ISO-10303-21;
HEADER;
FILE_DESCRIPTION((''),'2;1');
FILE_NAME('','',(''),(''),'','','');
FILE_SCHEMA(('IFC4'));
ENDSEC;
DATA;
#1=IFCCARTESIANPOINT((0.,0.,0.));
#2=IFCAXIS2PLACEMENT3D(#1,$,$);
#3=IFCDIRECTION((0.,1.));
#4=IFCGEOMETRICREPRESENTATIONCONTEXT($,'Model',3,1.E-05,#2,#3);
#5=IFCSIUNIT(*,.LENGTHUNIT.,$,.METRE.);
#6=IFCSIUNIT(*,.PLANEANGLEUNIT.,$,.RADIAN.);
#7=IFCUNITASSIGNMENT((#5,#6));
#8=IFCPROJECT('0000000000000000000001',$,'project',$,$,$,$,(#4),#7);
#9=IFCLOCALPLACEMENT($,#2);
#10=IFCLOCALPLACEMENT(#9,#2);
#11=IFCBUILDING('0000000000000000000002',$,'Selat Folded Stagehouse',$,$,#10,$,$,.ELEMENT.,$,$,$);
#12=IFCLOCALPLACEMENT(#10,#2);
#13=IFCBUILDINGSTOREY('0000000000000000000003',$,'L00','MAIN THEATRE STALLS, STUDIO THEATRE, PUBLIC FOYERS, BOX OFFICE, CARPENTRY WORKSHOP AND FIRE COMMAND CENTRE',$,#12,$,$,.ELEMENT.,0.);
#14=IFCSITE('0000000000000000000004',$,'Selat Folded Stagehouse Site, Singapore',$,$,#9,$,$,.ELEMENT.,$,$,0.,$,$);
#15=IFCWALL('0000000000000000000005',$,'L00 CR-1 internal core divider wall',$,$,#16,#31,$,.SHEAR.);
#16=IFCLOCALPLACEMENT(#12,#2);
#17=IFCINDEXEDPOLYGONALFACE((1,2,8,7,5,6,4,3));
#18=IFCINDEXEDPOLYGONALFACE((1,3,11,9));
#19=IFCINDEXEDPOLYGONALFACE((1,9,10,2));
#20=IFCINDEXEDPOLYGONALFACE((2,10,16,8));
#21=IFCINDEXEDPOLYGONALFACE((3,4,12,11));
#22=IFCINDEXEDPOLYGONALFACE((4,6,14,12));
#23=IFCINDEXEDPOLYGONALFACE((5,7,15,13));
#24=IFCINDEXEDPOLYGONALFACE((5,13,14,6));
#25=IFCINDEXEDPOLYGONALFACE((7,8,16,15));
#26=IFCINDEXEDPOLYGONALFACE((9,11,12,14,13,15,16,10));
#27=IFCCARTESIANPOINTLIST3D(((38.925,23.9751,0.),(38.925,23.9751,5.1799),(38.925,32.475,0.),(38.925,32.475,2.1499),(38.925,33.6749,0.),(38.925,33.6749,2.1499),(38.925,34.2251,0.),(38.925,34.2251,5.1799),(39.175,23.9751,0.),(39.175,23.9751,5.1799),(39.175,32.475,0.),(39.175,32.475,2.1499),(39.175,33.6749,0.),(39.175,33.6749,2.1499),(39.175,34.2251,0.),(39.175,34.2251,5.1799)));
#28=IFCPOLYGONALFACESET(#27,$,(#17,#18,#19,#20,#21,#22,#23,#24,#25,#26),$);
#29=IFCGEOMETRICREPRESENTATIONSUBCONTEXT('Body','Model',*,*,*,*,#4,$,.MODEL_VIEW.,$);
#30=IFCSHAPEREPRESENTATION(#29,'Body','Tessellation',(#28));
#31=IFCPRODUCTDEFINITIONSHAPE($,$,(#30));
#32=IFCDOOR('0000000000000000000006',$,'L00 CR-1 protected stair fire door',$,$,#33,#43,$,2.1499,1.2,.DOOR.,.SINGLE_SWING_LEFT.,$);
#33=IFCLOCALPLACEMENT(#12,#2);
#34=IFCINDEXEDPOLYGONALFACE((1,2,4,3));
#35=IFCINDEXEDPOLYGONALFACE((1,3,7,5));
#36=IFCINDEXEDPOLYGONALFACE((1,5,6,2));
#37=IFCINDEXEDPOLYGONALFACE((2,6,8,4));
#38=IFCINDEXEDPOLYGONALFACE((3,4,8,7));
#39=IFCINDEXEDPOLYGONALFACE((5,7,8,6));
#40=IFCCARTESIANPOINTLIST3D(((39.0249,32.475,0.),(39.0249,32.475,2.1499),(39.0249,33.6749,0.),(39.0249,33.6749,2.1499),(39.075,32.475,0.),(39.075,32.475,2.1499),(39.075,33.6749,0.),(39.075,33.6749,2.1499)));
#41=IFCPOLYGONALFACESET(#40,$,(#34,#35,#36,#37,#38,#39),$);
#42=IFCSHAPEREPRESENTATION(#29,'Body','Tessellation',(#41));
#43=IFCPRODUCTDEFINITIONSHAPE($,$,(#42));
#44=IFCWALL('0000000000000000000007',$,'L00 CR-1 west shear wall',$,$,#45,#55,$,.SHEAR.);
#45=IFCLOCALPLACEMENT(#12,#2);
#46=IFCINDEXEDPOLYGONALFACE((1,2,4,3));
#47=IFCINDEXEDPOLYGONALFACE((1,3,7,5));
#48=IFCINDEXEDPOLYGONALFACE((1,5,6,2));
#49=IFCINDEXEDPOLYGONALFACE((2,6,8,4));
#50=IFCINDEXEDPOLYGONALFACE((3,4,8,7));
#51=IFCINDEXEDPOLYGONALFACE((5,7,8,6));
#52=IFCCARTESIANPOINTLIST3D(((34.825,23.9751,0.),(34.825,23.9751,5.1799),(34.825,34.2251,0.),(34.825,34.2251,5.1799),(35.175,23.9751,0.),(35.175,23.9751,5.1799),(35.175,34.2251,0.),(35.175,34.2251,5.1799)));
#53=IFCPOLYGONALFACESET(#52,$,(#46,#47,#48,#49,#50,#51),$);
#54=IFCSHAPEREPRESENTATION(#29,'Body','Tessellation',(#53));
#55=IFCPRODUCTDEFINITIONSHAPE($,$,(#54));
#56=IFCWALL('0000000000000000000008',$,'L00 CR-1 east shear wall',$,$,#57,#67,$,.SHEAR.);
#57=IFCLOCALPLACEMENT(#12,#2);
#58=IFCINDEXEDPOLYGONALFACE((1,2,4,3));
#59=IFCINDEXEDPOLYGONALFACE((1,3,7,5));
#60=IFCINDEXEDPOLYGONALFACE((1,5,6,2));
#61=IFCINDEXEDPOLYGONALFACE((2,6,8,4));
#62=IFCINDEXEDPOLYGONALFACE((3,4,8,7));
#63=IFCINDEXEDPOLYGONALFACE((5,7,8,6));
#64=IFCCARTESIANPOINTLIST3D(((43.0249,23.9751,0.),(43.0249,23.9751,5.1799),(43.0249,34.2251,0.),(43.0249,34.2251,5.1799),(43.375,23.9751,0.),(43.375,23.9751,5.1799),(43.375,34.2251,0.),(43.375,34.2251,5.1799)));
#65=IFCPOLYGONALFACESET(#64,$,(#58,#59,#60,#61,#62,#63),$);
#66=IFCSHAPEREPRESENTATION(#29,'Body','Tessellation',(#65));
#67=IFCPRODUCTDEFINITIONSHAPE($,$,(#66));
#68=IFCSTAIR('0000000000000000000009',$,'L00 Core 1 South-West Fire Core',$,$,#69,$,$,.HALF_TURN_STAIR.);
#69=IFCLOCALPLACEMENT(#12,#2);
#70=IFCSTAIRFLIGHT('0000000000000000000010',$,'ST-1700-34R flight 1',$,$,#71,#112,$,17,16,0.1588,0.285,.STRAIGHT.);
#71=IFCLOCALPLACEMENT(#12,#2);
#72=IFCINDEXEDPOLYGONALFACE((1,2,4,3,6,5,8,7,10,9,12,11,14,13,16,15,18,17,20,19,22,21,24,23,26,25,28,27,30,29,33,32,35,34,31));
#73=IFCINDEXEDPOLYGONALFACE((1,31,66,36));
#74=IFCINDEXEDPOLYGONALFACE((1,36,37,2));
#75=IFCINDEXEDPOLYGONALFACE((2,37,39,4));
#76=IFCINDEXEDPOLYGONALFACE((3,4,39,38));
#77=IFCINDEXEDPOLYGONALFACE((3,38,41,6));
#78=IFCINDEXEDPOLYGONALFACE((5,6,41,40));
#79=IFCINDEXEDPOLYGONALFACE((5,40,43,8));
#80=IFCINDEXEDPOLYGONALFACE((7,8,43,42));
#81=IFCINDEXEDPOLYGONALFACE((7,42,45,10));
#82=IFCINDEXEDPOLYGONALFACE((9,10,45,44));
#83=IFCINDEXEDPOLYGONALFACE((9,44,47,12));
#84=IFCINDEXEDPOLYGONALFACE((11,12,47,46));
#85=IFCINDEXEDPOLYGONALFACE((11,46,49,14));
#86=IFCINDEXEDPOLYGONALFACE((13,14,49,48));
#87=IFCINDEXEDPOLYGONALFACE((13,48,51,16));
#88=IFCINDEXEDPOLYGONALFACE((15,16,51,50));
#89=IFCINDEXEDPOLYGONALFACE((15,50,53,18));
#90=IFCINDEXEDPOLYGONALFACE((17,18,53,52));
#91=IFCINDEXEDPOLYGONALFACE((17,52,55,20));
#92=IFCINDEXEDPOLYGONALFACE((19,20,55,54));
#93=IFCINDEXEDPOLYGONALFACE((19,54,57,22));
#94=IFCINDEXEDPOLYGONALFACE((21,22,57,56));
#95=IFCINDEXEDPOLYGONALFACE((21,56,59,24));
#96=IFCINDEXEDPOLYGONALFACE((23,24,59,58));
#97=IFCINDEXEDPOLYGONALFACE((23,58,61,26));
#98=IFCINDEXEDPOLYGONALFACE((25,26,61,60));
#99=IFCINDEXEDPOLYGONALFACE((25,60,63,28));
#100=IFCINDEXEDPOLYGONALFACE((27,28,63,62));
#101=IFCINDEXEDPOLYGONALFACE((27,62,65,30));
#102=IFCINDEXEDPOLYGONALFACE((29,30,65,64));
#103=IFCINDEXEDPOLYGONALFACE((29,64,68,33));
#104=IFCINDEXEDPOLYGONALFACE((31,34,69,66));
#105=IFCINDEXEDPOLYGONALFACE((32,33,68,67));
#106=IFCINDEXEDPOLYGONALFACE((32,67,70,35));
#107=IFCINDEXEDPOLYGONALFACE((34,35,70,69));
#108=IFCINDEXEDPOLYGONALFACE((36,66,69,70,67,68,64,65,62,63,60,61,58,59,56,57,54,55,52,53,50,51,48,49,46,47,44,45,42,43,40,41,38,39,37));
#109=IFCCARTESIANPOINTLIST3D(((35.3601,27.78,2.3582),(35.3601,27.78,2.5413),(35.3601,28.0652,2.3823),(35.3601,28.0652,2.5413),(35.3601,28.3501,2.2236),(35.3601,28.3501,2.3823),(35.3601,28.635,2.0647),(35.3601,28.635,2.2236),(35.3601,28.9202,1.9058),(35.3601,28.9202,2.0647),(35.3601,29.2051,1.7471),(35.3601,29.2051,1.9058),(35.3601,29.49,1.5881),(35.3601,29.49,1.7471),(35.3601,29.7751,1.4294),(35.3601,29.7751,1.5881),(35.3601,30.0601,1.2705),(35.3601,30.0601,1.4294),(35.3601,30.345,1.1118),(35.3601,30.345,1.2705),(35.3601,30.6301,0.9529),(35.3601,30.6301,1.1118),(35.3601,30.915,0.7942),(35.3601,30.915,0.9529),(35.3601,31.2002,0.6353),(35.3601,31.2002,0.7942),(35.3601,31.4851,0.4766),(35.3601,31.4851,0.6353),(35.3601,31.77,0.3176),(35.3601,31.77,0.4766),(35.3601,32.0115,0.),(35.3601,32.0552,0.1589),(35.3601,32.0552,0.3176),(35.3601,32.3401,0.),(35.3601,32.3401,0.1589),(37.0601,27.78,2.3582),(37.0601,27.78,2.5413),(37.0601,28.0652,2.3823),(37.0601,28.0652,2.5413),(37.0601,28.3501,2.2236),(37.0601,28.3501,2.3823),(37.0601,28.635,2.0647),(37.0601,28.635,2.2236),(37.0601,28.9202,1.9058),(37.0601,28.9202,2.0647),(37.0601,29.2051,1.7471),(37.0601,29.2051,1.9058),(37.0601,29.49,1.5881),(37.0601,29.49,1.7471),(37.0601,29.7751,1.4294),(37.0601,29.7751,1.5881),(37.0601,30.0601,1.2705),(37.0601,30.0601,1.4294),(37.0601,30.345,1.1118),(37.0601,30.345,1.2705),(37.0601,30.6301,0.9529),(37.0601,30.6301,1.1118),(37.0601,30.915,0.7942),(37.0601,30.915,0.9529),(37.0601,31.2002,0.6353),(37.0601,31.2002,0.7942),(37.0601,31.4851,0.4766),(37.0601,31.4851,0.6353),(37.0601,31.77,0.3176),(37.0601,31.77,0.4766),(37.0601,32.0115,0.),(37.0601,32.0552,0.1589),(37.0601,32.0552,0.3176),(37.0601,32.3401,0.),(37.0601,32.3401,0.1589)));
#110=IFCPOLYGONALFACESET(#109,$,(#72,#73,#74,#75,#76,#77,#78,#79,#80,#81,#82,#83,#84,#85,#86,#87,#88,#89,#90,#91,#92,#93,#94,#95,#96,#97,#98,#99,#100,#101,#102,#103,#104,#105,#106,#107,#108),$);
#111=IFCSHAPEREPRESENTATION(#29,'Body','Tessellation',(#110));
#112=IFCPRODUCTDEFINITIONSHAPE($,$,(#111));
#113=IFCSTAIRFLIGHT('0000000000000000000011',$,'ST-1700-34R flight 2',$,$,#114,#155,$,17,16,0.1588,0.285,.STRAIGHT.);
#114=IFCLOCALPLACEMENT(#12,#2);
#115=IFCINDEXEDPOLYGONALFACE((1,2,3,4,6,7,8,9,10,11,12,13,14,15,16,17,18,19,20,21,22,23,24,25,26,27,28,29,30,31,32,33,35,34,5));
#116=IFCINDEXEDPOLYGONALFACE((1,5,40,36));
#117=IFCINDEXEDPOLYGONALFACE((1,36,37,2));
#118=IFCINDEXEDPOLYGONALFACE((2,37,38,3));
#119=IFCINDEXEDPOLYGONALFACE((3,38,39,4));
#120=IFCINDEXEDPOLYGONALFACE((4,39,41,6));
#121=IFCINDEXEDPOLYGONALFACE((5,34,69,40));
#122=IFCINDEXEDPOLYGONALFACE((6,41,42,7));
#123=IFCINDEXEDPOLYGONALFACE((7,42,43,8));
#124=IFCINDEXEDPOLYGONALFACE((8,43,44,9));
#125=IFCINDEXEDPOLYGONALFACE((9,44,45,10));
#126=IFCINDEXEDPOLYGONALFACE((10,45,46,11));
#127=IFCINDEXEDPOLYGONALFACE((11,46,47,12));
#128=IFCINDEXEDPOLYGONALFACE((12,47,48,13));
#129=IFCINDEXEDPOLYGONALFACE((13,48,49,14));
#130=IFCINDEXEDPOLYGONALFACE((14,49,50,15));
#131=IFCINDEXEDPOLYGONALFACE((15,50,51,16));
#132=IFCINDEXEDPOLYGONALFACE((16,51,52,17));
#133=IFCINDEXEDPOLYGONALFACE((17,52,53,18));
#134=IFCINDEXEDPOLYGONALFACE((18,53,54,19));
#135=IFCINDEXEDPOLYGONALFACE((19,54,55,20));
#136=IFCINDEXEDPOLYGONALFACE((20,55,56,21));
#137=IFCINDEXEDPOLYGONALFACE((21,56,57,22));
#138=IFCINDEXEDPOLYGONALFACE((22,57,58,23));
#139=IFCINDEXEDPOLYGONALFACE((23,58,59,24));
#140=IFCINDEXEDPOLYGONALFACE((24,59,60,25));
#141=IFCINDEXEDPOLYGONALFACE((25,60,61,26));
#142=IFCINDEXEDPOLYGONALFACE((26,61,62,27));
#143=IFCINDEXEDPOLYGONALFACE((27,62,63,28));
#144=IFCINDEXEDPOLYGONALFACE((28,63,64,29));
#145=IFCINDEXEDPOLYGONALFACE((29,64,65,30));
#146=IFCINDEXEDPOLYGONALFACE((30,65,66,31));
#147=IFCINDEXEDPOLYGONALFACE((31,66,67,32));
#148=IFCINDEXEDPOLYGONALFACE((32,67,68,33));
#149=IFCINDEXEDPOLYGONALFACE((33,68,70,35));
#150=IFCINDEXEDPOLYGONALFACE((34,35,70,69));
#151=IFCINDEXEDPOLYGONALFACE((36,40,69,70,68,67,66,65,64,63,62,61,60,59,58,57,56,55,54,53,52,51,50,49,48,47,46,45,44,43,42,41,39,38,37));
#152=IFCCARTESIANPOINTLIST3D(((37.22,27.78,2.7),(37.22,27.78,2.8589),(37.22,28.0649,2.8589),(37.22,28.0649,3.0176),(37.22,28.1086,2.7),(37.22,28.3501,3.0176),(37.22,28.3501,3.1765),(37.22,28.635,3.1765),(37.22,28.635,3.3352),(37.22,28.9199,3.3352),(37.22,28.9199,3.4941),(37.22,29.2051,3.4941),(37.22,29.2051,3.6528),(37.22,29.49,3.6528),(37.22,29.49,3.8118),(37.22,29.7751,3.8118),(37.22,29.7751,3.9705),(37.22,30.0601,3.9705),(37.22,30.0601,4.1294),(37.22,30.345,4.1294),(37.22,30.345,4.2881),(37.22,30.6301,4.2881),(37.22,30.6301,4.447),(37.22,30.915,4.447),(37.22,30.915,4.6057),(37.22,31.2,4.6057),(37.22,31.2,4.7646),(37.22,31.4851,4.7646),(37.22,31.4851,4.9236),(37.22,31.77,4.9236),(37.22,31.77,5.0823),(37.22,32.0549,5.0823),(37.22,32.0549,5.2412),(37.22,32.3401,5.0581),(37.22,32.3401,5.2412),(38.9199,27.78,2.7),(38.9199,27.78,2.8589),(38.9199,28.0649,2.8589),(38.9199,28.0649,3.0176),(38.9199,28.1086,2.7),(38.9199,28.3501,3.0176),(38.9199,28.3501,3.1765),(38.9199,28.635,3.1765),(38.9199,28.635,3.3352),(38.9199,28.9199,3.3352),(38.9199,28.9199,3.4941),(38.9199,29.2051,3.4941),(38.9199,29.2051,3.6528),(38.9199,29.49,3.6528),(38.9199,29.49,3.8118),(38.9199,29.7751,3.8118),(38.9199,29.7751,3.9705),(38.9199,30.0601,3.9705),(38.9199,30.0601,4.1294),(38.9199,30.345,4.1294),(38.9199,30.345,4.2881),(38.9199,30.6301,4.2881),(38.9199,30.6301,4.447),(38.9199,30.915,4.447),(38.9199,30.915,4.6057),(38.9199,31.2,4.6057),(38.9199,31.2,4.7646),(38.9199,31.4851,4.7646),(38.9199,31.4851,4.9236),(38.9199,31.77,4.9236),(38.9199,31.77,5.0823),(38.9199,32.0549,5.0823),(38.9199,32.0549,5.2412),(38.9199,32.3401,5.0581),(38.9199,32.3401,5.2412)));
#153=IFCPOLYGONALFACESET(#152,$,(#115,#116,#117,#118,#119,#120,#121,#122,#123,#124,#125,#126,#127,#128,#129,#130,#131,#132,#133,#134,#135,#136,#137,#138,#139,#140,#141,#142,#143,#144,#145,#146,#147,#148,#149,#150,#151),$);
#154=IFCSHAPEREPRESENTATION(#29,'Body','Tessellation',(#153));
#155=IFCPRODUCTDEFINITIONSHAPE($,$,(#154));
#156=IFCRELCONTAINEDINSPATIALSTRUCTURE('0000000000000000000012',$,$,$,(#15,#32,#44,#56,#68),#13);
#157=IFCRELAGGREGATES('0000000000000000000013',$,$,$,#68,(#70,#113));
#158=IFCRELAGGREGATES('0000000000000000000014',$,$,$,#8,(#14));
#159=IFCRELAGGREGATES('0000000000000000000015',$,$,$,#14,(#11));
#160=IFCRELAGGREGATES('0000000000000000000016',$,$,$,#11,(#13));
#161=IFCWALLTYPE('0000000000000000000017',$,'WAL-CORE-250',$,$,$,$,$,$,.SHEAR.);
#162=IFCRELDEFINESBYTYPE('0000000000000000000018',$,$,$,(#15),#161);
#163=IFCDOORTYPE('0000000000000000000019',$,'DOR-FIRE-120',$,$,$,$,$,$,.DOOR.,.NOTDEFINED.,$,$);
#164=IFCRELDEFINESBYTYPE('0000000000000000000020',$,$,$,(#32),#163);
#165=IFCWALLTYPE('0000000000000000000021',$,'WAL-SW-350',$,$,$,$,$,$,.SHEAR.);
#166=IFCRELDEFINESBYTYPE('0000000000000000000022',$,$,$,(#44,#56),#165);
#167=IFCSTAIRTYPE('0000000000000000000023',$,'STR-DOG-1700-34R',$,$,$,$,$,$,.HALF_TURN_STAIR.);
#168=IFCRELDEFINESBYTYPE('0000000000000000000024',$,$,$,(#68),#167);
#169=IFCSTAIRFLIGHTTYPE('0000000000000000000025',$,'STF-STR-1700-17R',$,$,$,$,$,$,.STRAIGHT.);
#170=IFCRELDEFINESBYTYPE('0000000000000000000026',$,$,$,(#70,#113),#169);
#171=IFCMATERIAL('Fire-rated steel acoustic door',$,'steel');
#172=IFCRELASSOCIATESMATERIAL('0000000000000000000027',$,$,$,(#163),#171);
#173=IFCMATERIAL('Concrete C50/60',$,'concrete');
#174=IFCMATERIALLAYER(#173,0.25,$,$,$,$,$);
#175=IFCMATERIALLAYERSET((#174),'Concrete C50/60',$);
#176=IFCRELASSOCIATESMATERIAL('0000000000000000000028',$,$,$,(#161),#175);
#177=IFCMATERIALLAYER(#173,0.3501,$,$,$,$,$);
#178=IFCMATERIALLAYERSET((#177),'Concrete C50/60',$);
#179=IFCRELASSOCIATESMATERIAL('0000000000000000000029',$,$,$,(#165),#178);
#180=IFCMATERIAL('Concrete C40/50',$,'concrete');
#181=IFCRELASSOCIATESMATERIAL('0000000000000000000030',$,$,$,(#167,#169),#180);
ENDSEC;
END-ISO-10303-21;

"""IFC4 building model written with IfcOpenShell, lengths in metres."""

from ifc_helpers import new_model, si_unit, direction, frame, frame_2d, origin, place, context, subcontext, project, spatial, polyline, rectangle, outline, extrude, material, layer, layer_set, type_object, element, fill, aggregate, save


model = new_model("IFC4")

# Units and contexts
model_context = context("Model", 3, precision=1e-05, world=origin(), true_north=direction((0.0, 1.0)))
body_context = subcontext(model_context, "Body", "Model", "MODEL_VIEW")
ifc_project = project(units=[si_unit("LENGTHUNIT", "METRE"), si_unit("PLANEANGLEUNIT", "RADIAN")], contexts=[model_context])

# Site, building, storey
site_placement = place(None, origin())
site = spatial("IfcSite", under=ifc_project, at=site_placement, Name="Selat Folded Stagehouse Site, Singapore", CompositionType="ELEMENT", RefElevation=0.0)
building_placement = place(site_placement, origin())
building = spatial("IfcBuilding", under=site, at=building_placement, Name="Selat Folded Stagehouse", CompositionType="ELEMENT")
storey_placement = place(building_placement, origin())
storey = spatial("IfcBuildingStorey", under=building, at=storey_placement, Name="L00", Description="MAIN THEATRE STALLS, STUDIO THEATRE, PUBLIC FOYERS, BOX OFFICE, CARPENTRY WORKSHOP AND FIRE COMMAND CENTRE", CompositionType="ELEMENT", Elevation=0.0)

# Wall, opening, door
ifc_material_1 = material(Name="Concrete C40/50", Category="concrete")
ifc_material_2 = material(Name="Fire-rated steel acoustic door", Category="steel")
door_type_1 = type_object("IfcDoorType", Name="DOR-FIRE-120", OperationType="NOTDEFINED", PredefinedType="DOOR", material=ifc_material_2)
ifc_material_3 = material(Name="Concrete C50/60", Category="concrete")
ifc_layer_1 = layer(ifc_material_3, 0.25)
ifc_layer_set_1 = layer_set([ifc_layer_1], Name="Concrete C50/60")
wall_type_1 = type_object("IfcWallType", Name="WAL-CORE-250", PredefinedType="SHEAR", material=ifc_layer_set_1)
wall_1_placement = place(storey_placement, frame((39.05, 34.2251, 0.0), z_axis=(0.0, 0.0, 1.0), x_axis=(0.0, -1.0, 0.0)))
wall_1 = element("IfcWall", 1, at=wall_1_placement, inside=storey, type_object=wall_type_1, Name="L00 CR-1 internal core divider wall", PredefinedType="SHEAR", context=body_context, shape_type="SweptSolid", body=[
    extrude(rectangle(XDim=10.25, YDim=0.25, at=frame_2d((5.125, 0.0))), origin(), (0.0, 0.0, 1.0), 5.1799),
])
opening_1_placement = place(wall_1_placement, frame((0.55, 0.0, 0.0)))
opening_1 = element("IfcOpeningElement", 2, at=opening_1_placement, cuts=wall_1, PredefinedType="OPENING", context=body_context, shape_type="SweptSolid", body=[
    extrude(rectangle(XDim=1.2, YDim=2.1499, at=frame_2d((0.6001, 1.075))), frame((0.0, 0.135, 0.0), z_axis=(0.0, -1.0, 0.0), x_axis=(1.0, 0.0, 0.0)), (0.0, 0.0, 1.0), 0.27),
])
door_1_placement = place(opening_1_placement, origin())
door_1 = element("IfcDoor", 3, at=door_1_placement, inside=storey, type_object=door_type_1, Name="L00 CR-1 protected stair fire door", OperationType="SINGLE_SWING_LEFT", OverallHeight=2.1499, OverallWidth=1.2, PredefinedType="DOOR", context=body_context, shape_type="SweptSolid", body=[
    extrude(rectangle(XDim=1.2, YDim=2.1499, at=frame_2d((0.6001, 1.075))), frame((0.0, 0.0249, 0.0), z_axis=(0.0, -1.0, 0.0), x_axis=(1.0, 0.0, 0.0)), (0.0, 0.0, 1.0), 0.05),
])
fill(opening_1, door_1)
ifc_layer_2 = layer(ifc_material_3, 0.3501)
ifc_layer_set_2 = layer_set([ifc_layer_2], Name="Concrete C50/60")
wall_type_2 = type_object("IfcWallType", Name="WAL-SW-350", PredefinedType="SHEAR", material=ifc_layer_set_2)

# Walls
for number, where, z_axis, x_axis, name in (
    (4, (35.0, 23.9751, 0.0), (0.0, 0.0, 1.0), (0.0, 1.0, 0.0), "L00 CR-1 west shear wall"),
    (5, (43.2, 34.2251, 0.0), (0.0, 0.0, 1.0), (0.0, -1.0, 0.0), "L00 CR-1 east shear wall"),
):
    element("IfcWall", number, at=place(storey_placement, frame(where, z_axis=z_axis, x_axis=x_axis)), inside=storey, type_object=wall_type_2, Name=name, PredefinedType="SHEAR", context=body_context, shape_type="SweptSolid", body=[
        extrude(rectangle(XDim=10.25, YDim=0.3501, at=frame_2d((5.125, 0.0))), origin(), (0.0, 0.0, 1.0), 5.1799),
    ])

# Stair, stair flights
stair_type = type_object("IfcStairType", Name="STR-DOG-1700-34R", PredefinedType="HALF_TURN_STAIR", material=ifc_material_1)
stair_placement = place(storey_placement, origin())
stair = element("IfcStair", 6, at=stair_placement, inside=storey, type_object=stair_type, Name="L00 Core 1 South-West Fire Core", PredefinedType="HALF_TURN_STAIR")
stair_flight_type = type_object("IfcStairFlightType", Name="STF-STR-1700-17R", PredefinedType="STRAIGHT", material=ifc_material_1)
stair_flight_1_placement = place(storey_placement, frame((36.21, 32.3401, 0.0), z_axis=(0.0, 0.0, 1.0), x_axis=(0.0, -1.0, 0.0)))
stair_flight_1 = element("IfcStairFlight", 7, at=stair_flight_1_placement, type_object=stair_flight_type, Name="ST-1700-34R flight 1", NumberOfRisers=17, NumberOfTreads=16, PredefinedType="STRAIGHT", RiserHeight=0.1588, TreadLength=0.285, context=body_context, shape_type="SweptSolid", body=[
    extrude(outline(polyline([(0.0, 0.0), (0.0, 0.1589), (0.2849, 0.1589), (0.2849, 0.3176), (0.5701, 0.3176), (0.5701, 0.4766), (0.855, 0.4766), (0.855, 0.6353), (1.1399, 0.6353), (1.1399, 0.7942), (1.425, 0.7942), (1.425, 0.9529), (1.71, 0.9529), (1.71, 1.1118), (1.9951, 1.1118), (1.9951, 1.2705), (2.28, 1.2705), (2.28, 1.4294), (2.5649, 1.4294), (2.5649, 1.5881), (2.8501, 1.5881), (2.8501, 1.7471), (3.135, 1.7471), (3.135, 1.9058), (3.4199, 1.9058), (3.4199, 2.0647), (3.7051, 2.0647), (3.7051, 2.2236), (3.99, 2.2236), (3.99, 2.3823), (4.2749, 2.3823), (4.2749, 2.5413), (4.5601, 2.5413), (4.5601, 2.7), (4.5601, 2.3582), (0.3286, 0.0), (0.0, 0.0)])), frame((0.0, 0.8501, 0.0), z_axis=(0.0, -1.0, 0.0), x_axis=(1.0, 0.0, 0.0)), (0.0, 0.0, 1.0), 1.7),
])
stair_flight_2_placement = place(storey_placement, frame((38.0701, 27.78, 2.7), z_axis=(0.0, 0.0, 1.0), x_axis=(0.0, 1.0, 0.0)))
stair_flight_2 = element("IfcStairFlight", 8, at=stair_flight_2_placement, type_object=stair_flight_type, Name="ST-1700-34R flight 2", NumberOfRisers=17, NumberOfTreads=16, PredefinedType="STRAIGHT", RiserHeight=0.1588, TreadLength=0.285, context=body_context, shape_type="SweptSolid", body=[
    extrude(outline(polyline([(0.0, 0.0), (0.0, 0.1589), (0.2849, 0.1589), (0.2849, 0.3176), (0.5701, 0.3176), (0.5701, 0.4766), (0.855, 0.4766), (0.855, 0.6353), (1.1399, 0.6353), (1.1399, 0.7942), (1.425, 0.7942), (1.425, 0.9529), (1.71, 0.9529), (1.71, 1.1118), (1.9951, 1.1118), (1.9951, 1.2705), (2.28, 1.2705), (2.28, 1.4294), (2.5649, 1.4294), (2.5649, 1.5881), (2.8501, 1.5881), (2.8501, 1.7471), (3.135, 1.7471), (3.135, 1.9058), (3.4199, 1.9058), (3.4199, 2.0647), (3.7051, 2.0647), (3.7051, 2.2236), (3.99, 2.2236), (3.99, 2.3823), (4.2749, 2.3823), (4.2749, 2.5413), (4.5601, 2.5413), (4.5601, 2.7), (4.5601, 2.3582), (0.3286, 0.0), (0.0, 0.0)])), frame((0.0, 0.8501, 0.0), z_axis=(0.0, -1.0, 0.0), x_axis=(1.0, 0.0, 0.0)), (0.0, 0.0, 1.0), 1.7),
])
aggregate(stair, [stair_flight_1, stair_flight_2])

save(model, "model.ifc")
